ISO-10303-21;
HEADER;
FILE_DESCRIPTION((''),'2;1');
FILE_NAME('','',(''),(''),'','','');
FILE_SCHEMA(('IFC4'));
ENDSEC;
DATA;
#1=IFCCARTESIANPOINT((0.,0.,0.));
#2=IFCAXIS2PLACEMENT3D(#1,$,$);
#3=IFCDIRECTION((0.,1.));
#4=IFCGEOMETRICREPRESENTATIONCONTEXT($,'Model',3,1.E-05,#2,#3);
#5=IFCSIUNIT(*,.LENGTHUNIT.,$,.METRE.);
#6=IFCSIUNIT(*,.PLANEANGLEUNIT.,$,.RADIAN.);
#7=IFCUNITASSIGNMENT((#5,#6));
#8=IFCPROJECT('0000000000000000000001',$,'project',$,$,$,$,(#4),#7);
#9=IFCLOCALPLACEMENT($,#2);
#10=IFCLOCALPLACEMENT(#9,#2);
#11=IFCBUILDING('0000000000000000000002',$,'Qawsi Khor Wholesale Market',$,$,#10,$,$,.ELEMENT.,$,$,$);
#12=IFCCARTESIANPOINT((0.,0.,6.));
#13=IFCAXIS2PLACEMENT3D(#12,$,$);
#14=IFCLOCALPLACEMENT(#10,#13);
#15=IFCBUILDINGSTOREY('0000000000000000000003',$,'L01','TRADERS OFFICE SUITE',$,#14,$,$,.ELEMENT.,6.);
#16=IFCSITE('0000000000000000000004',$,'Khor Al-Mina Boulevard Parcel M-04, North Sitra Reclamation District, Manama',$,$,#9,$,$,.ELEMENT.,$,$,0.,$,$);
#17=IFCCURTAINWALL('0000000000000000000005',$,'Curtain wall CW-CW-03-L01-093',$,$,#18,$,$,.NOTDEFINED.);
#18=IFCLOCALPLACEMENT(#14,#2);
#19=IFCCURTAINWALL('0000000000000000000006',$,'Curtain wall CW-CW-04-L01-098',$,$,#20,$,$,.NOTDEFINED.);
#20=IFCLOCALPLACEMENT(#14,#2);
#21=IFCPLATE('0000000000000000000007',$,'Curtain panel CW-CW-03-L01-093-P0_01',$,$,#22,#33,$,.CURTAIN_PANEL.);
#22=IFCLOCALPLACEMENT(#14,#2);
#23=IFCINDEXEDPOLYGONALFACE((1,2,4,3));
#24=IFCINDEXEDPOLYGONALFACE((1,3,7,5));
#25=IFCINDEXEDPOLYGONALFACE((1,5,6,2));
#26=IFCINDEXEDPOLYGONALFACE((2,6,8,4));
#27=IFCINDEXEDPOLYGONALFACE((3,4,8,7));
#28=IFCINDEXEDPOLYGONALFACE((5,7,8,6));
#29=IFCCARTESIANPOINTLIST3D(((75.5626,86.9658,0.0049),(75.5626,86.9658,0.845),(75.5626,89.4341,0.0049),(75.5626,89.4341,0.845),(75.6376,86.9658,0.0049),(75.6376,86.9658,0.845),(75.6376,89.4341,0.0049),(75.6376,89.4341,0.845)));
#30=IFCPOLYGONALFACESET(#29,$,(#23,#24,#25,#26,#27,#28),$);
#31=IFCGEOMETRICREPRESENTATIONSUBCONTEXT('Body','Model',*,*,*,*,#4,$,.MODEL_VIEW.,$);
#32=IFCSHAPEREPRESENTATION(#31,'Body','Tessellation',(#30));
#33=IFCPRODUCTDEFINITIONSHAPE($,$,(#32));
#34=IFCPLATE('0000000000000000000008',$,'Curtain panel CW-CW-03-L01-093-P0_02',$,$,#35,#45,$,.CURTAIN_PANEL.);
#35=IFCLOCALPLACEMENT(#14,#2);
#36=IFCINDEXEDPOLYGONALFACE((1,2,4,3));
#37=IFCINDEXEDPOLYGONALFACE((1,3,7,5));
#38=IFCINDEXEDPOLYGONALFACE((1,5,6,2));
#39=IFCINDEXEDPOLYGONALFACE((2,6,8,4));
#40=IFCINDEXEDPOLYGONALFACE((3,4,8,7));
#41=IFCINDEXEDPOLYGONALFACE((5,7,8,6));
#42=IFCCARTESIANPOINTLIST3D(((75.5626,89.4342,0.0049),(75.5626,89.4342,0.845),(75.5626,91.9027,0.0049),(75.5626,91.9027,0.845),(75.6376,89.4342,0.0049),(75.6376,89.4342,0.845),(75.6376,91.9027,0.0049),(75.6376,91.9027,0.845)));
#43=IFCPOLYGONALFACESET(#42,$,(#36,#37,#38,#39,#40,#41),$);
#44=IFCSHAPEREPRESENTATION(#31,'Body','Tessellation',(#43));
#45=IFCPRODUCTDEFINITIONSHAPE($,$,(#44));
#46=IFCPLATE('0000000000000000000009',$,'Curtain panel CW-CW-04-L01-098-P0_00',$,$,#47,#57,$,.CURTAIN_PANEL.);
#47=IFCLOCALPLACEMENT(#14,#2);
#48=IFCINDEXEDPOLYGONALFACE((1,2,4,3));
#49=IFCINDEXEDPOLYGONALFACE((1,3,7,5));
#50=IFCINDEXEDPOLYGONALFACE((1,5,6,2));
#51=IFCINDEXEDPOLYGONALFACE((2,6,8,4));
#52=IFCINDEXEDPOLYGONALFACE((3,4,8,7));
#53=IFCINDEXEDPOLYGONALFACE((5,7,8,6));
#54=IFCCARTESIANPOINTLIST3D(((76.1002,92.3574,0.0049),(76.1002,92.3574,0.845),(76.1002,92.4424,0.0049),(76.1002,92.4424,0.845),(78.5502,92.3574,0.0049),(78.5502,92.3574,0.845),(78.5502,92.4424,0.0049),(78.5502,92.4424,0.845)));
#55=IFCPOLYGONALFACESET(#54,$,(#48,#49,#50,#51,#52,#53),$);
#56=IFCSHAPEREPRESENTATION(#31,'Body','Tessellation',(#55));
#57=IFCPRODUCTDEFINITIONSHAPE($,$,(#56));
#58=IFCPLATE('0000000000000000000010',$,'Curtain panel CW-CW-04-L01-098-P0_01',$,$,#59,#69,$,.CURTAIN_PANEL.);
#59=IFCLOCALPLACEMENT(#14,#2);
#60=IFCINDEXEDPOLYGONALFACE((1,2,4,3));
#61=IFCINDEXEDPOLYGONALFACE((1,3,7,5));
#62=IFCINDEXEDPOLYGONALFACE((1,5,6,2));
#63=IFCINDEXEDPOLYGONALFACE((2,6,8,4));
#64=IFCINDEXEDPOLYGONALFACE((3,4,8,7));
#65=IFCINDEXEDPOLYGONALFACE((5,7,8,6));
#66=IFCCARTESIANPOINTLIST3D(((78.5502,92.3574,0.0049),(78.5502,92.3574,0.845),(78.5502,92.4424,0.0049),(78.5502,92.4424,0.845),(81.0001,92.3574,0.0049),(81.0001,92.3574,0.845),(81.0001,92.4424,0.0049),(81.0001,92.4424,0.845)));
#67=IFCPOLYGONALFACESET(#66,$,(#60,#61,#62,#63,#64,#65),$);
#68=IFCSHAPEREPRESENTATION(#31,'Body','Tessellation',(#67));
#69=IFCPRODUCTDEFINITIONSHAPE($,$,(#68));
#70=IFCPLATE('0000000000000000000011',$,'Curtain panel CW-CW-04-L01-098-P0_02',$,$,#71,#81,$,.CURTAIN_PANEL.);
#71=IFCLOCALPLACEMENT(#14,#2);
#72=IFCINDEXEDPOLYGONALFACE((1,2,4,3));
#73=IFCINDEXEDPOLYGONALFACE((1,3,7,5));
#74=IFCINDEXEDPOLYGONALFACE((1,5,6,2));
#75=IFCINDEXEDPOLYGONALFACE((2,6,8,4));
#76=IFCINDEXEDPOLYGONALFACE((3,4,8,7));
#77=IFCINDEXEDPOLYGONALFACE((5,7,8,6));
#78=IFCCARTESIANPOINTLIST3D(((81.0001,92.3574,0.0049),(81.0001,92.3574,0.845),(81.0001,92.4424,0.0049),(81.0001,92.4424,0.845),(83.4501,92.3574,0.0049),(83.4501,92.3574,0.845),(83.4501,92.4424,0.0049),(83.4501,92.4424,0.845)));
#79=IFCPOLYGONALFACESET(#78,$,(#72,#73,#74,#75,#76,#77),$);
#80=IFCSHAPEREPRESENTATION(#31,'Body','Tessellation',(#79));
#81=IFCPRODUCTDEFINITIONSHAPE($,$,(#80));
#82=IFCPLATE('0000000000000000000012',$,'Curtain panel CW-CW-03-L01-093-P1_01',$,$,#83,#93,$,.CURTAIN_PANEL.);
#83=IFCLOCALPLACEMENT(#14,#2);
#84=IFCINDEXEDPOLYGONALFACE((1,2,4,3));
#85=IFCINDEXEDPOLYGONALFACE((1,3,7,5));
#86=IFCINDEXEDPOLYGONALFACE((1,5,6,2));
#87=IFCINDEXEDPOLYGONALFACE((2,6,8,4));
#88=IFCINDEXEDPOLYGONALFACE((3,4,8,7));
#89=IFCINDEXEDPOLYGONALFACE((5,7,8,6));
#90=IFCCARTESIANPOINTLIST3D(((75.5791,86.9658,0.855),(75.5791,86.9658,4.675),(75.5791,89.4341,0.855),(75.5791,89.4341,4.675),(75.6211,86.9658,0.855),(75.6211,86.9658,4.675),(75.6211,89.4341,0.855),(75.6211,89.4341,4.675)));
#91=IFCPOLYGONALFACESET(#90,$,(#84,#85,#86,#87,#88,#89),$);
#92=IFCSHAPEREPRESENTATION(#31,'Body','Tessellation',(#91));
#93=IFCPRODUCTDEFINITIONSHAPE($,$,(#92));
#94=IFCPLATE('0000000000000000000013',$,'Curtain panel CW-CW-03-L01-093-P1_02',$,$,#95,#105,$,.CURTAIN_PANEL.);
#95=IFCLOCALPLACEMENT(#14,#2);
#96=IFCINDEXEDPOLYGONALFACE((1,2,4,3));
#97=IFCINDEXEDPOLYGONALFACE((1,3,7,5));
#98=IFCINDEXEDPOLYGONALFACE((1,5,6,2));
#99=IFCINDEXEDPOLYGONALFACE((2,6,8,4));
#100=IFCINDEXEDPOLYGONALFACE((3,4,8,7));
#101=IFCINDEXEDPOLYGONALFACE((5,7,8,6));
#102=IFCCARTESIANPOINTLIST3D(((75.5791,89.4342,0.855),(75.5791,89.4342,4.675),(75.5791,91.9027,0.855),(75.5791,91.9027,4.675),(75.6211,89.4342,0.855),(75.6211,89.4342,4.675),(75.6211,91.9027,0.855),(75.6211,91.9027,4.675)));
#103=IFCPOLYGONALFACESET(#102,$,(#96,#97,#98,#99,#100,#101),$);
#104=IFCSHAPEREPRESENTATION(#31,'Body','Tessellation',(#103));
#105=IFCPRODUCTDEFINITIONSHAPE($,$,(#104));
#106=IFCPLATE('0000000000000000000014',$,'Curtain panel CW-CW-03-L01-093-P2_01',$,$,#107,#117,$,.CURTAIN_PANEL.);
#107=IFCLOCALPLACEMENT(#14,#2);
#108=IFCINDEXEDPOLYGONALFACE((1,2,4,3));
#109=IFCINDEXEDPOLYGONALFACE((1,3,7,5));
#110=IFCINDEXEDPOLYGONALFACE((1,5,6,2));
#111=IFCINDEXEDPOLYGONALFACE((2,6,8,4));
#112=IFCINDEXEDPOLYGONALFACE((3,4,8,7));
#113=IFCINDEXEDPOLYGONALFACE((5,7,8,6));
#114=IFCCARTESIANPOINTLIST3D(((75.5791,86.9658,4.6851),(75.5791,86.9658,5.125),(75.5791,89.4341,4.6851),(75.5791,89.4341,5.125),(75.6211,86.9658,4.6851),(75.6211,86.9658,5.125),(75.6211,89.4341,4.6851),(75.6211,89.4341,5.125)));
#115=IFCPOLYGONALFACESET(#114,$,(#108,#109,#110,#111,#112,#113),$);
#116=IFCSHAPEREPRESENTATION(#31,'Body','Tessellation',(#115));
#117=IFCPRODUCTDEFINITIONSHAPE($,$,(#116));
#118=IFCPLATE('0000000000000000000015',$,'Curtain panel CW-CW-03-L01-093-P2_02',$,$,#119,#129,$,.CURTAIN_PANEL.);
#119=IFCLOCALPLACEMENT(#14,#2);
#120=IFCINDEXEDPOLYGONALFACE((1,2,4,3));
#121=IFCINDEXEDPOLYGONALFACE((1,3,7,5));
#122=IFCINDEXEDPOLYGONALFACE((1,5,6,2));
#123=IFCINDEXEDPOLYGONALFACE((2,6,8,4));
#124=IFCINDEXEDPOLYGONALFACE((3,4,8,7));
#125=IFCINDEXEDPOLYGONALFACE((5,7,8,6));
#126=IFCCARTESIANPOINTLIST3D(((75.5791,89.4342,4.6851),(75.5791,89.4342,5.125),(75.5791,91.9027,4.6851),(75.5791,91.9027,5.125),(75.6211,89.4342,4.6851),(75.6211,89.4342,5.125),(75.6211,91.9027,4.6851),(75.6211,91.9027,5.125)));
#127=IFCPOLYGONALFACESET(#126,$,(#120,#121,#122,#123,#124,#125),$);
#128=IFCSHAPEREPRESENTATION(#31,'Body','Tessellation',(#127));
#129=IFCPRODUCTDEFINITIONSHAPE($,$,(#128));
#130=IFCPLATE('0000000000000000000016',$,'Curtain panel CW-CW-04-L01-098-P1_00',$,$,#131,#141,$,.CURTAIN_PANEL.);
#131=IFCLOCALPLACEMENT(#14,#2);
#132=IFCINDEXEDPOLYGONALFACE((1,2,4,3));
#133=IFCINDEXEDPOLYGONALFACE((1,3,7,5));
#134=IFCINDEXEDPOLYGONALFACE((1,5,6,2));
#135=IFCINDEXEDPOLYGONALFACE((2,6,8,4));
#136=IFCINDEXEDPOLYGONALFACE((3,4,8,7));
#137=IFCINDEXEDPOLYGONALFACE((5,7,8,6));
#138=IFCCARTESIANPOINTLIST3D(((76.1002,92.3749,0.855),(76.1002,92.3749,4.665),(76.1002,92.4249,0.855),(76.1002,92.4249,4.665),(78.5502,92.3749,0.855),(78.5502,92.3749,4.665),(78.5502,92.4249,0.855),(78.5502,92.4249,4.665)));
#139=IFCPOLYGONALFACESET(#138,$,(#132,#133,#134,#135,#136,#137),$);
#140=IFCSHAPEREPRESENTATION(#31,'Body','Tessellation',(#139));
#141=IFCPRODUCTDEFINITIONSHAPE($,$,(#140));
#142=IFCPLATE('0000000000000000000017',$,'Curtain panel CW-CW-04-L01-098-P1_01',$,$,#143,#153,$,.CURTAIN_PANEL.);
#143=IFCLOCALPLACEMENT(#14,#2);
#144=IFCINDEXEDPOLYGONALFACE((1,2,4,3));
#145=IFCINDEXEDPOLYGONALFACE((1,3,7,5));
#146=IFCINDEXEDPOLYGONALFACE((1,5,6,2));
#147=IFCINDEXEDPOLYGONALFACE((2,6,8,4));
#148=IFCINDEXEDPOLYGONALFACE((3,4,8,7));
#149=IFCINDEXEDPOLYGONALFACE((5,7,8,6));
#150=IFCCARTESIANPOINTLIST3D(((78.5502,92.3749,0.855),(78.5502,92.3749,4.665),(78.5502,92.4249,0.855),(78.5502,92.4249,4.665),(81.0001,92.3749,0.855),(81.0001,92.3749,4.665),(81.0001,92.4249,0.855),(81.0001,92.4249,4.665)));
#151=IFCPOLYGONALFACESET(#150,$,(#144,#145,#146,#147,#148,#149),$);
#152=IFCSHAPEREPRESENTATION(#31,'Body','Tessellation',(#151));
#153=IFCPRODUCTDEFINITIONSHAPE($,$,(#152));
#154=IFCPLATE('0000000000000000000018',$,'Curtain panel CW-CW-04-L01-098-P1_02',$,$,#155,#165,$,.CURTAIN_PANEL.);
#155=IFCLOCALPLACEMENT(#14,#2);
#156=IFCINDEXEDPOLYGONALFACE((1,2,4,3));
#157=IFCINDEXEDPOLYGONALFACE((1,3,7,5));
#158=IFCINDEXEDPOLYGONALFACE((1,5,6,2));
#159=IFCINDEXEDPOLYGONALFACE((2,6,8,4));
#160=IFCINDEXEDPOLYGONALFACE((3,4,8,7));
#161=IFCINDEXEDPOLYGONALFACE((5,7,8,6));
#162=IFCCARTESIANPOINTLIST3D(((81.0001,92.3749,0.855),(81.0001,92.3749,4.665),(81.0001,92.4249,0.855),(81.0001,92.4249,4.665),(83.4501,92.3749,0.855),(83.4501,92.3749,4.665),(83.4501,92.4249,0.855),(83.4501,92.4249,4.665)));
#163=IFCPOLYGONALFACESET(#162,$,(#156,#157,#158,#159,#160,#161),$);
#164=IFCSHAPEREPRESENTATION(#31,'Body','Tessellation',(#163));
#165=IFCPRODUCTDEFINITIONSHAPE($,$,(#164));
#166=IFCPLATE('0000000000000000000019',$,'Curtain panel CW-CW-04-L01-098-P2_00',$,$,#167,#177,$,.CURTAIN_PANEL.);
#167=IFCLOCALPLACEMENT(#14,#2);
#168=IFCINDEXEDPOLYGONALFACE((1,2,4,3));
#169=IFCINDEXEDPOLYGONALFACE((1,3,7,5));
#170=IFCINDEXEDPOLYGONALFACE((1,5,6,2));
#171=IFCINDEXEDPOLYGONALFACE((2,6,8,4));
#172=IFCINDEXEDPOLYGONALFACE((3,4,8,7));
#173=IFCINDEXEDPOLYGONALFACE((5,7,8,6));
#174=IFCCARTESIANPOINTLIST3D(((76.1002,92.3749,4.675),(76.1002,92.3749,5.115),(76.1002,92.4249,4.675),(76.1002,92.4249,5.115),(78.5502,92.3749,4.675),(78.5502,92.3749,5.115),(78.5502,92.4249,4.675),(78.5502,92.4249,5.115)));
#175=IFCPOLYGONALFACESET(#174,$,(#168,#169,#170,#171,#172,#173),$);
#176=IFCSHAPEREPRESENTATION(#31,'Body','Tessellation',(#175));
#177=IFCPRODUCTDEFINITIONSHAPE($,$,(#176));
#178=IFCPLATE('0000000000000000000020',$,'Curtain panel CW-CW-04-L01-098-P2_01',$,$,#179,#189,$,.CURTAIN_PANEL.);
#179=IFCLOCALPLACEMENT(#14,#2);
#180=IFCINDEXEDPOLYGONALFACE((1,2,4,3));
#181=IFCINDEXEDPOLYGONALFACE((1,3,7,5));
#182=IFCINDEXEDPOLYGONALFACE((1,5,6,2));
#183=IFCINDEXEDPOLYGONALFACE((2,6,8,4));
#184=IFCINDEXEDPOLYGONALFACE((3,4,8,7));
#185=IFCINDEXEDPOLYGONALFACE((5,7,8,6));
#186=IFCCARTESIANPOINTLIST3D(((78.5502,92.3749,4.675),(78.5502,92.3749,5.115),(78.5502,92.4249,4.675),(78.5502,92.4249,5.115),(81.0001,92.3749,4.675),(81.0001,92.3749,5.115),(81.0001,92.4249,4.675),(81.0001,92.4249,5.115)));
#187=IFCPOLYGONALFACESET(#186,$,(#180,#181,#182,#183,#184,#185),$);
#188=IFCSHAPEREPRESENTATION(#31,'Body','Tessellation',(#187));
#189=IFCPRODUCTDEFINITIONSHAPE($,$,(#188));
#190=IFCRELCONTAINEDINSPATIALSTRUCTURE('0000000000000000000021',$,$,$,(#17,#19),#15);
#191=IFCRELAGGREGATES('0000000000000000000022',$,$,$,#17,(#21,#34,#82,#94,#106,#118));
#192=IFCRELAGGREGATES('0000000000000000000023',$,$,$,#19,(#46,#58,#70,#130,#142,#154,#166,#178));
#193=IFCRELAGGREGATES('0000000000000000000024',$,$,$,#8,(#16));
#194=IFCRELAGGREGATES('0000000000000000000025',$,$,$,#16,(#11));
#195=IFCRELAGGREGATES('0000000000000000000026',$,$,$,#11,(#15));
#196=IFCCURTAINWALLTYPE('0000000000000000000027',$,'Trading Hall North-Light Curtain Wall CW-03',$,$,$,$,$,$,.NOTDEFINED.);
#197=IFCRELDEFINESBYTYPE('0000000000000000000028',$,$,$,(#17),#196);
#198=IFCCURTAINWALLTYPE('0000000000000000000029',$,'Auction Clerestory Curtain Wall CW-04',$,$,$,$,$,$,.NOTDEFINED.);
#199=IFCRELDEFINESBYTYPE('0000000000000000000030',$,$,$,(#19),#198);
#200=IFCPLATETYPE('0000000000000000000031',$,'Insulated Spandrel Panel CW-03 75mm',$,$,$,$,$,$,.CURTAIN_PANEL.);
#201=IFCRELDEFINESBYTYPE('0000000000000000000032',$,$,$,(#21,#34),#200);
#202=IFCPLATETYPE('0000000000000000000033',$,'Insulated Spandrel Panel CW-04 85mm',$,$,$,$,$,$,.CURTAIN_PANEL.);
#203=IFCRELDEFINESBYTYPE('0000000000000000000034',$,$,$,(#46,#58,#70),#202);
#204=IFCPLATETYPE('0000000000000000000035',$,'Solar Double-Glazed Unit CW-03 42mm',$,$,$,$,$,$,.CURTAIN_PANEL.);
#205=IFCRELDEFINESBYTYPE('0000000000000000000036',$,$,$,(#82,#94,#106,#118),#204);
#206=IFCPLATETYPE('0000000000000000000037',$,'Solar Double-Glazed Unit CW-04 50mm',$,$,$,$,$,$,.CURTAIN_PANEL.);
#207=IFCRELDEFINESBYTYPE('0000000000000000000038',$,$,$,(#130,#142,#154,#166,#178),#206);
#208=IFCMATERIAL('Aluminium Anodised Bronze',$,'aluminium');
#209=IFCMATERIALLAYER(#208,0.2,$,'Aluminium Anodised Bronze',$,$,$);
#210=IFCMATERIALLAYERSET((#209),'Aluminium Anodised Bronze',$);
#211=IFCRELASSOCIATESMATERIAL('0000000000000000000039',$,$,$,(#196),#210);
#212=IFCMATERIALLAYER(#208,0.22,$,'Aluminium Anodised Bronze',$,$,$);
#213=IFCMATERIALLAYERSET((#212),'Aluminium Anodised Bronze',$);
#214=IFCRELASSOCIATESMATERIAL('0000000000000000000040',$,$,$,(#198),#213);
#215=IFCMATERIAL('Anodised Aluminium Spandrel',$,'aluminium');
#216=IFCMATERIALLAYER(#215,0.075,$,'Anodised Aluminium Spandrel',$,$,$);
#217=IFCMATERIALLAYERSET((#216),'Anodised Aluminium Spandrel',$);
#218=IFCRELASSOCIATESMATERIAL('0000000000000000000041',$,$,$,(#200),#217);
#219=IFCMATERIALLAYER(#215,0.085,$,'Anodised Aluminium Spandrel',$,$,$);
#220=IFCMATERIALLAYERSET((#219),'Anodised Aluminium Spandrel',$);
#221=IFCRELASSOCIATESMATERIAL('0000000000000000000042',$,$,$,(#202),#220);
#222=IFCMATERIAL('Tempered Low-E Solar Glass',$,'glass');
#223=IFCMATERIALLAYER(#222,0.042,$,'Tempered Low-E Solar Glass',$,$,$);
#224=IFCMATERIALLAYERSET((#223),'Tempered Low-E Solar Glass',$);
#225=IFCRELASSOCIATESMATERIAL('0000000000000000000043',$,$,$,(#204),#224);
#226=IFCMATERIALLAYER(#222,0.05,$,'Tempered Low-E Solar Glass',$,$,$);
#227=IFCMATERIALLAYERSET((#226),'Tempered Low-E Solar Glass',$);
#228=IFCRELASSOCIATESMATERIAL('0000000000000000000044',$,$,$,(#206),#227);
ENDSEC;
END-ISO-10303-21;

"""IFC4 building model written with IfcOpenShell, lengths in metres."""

from ifc_helpers import new_model, si_unit, direction, frame, frame_2d, origin, place, context, subcontext, project, spatial, rectangle, extrude, material, layer, layer_set, type_object, element, aggregate, save


model = new_model("IFC4")

# Units and contexts
model_context = context("Model", 3, precision=1e-05, world=origin(), true_north=direction((0.0, 1.0)))
body_context = subcontext(model_context, "Body", "Model", "MODEL_VIEW")
ifc_project = project(units=[si_unit("LENGTHUNIT", "METRE"), si_unit("PLANEANGLEUNIT", "RADIAN")], contexts=[model_context])

# Site, building, storey
site_placement = place(None, origin())
site = spatial("IfcSite", under=ifc_project, at=site_placement, Name="Khor Al-Mina Boulevard Parcel M-04, North Sitra Reclamation District, Manama", CompositionType="ELEMENT", RefElevation=0.0)
building_placement = place(site_placement, origin())
building = spatial("IfcBuilding", under=site, at=building_placement, Name="Qawsi Khor Wholesale Market", CompositionType="ELEMENT")
storey_placement = place(building_placement, frame((0.0, 0.0, 6.0)))
storey = spatial("IfcBuildingStorey", under=building, at=storey_placement, Name="L01", Description="TRADERS OFFICE SUITE", CompositionType="ELEMENT", Elevation=6.0)

# Curtain walls
ifc_material_1 = material(Name="Aluminium Anodised Bronze", Category="aluminium")
ifc_layer_1 = layer(ifc_material_1, 0.2, Name="Aluminium Anodised Bronze")
ifc_layer_set_1 = layer_set([ifc_layer_1], Name="Aluminium Anodised Bronze")
curtain_wall_type_1 = type_object("IfcCurtainWallType", Name="Trading Hall North-Light Curtain Wall CW-03", PredefinedType="NOTDEFINED", material=ifc_layer_set_1)
curtain_wall_1_placement = place(storey_placement, origin())
curtain_wall_1 = element("IfcCurtainWall", 1, at=curtain_wall_1_placement, inside=storey, type_object=curtain_wall_type_1, Name="Curtain wall CW-CW-03-L01-093", PredefinedType="NOTDEFINED")
ifc_layer_2 = layer(ifc_material_1, 0.22, Name="Aluminium Anodised Bronze")
ifc_layer_set_2 = layer_set([ifc_layer_2], Name="Aluminium Anodised Bronze")
curtain_wall_type_2 = type_object("IfcCurtainWallType", Name="Auction Clerestory Curtain Wall CW-04", PredefinedType="NOTDEFINED", material=ifc_layer_set_2)
curtain_wall_2_placement = place(storey_placement, origin())
curtain_wall_2 = element("IfcCurtainWall", 2, at=curtain_wall_2_placement, inside=storey, type_object=curtain_wall_type_2, Name="Curtain wall CW-CW-04-L01-098", PredefinedType="NOTDEFINED")

# Plates
ifc_material_2 = material(Name="Anodised Aluminium Spandrel", Category="aluminium")
ifc_layer_3 = layer(ifc_material_2, 0.075, Name="Anodised Aluminium Spandrel")
ifc_layer_set_3 = layer_set([ifc_layer_3], Name="Anodised Aluminium Spandrel")
plate_type_1 = type_object("IfcPlateType", Name="Insulated Spandrel Panel CW-03 75mm", PredefinedType="CURTAIN_PANEL", material=ifc_layer_set_3)
plate_1_placement = place(storey_placement, frame((75.6001, 86.9658, 0.0049), z_axis=(0.0, 0.0, 1.0), x_axis=(0.0, 1.0, 0.0)))
plate_1 = element("IfcPlate", 3, at=plate_1_placement, type_object=plate_type_1, Name="Curtain panel CW-CW-03-L01-093-P0_01", PredefinedType="CURTAIN_PANEL", context=body_context, shape_type="SweptSolid", body=[
    extrude(rectangle(XDim=2.4683, YDim=0.075, at=frame_2d((1.2341, 0.0))), origin(), (0.0, 0.0, 1.0), 0.8401),
])
plate_2_placement = place(storey_placement, frame((75.6001, 89.4341, 0.0049), z_axis=(0.0, 0.0, 1.0), x_axis=(0.0, 1.0, 0.0)))
plate_2 = element("IfcPlate", 4, at=plate_2_placement, type_object=plate_type_1, Name="Curtain panel CW-CW-03-L01-093-P0_02", PredefinedType="CURTAIN_PANEL", context=body_context, shape_type="SweptSolid", body=[
    extrude(rectangle(XDim=2.4685, YDim=0.075, at=frame_2d((1.2344, 0.0))), origin(), (0.0, 0.0, 1.0), 0.8401),
])
ifc_layer_4 = layer(ifc_material_2, 0.085, Name="Anodised Aluminium Spandrel")
ifc_layer_set_4 = layer_set([ifc_layer_4], Name="Anodised Aluminium Spandrel")
plate_type_2 = type_object("IfcPlateType", Name="Insulated Spandrel Panel CW-04 85mm", PredefinedType="CURTAIN_PANEL", material=ifc_layer_set_4)
plate_3_placement = place(storey_placement, frame((76.1001, 92.3999, 0.0049), z_axis=(0.0, 0.0, 1.0), x_axis=(1.0, 0.0, 0.0)))
plate_3 = element("IfcPlate", 5, at=plate_3_placement, type_object=plate_type_2, Name="Curtain panel CW-CW-04-L01-098-P0_00", PredefinedType="CURTAIN_PANEL", context=body_context, shape_type="SweptSolid", body=[
    extrude(rectangle(XDim=2.45, YDim=0.085, at=frame_2d((1.2251, 0.0))), origin(), (0.0, 0.0, 1.0), 0.8401),
])
plate_4_placement = place(storey_placement, frame((78.55, 92.3999, 0.0049), z_axis=(0.0, 0.0, 1.0), x_axis=(1.0, 0.0, 0.0)))
plate_4 = element("IfcPlate", 6, at=plate_4_placement, type_object=plate_type_2, Name="Curtain panel CW-CW-04-L01-098-P0_01", PredefinedType="CURTAIN_PANEL", context=body_context, shape_type="SweptSolid", body=[
    extrude(rectangle(XDim=2.45, YDim=0.085, at=frame_2d((1.2251, 0.0))), origin(), (0.0, 0.0, 1.0), 0.8401),
])
plate_5_placement = place(storey_placement, frame((81.0, 92.3999, 0.0049), z_axis=(0.0, 0.0, 1.0), x_axis=(1.0, 0.0, 0.0)))
plate_5 = element("IfcPlate", 7, at=plate_5_placement, type_object=plate_type_2, Name="Curtain panel CW-CW-04-L01-098-P0_02", PredefinedType="CURTAIN_PANEL", context=body_context, shape_type="SweptSolid", body=[
    extrude(rectangle(XDim=2.45, YDim=0.085, at=frame_2d((1.2251, 0.0))), origin(), (0.0, 0.0, 1.0), 0.8401),
])
ifc_material_3 = material(Name="Tempered Low-E Solar Glass", Category="glass")
ifc_layer_5 = layer(ifc_material_3, 0.042, Name="Tempered Low-E Solar Glass")
ifc_layer_set_5 = layer_set([ifc_layer_5], Name="Tempered Low-E Solar Glass")
plate_type_3 = type_object("IfcPlateType", Name="Solar Double-Glazed Unit CW-03 42mm", PredefinedType="CURTAIN_PANEL", material=ifc_layer_set_5)
plate_6_placement = place(storey_placement, frame((75.6001, 86.9658, 0.855), z_axis=(0.0, 0.0, 1.0), x_axis=(0.0, 1.0, 0.0)))
plate_6 = element("IfcPlate", 8, at=plate_6_placement, type_object=plate_type_3, Name="Curtain panel CW-CW-03-L01-093-P1_01", PredefinedType="CURTAIN_PANEL", context=body_context, shape_type="SweptSolid", body=[
    extrude(rectangle(XDim=2.4683, YDim=0.042, at=frame_2d((1.2341, 0.0))), origin(), (0.0, 0.0, 1.0), 3.8201),
])
plate_7_placement = place(storey_placement, frame((75.6001, 89.4341, 0.855), z_axis=(0.0, 0.0, 1.0), x_axis=(0.0, 1.0, 0.0)))
plate_7 = element("IfcPlate", 9, at=plate_7_placement, type_object=plate_type_3, Name="Curtain panel CW-CW-03-L01-093-P1_02", PredefinedType="CURTAIN_PANEL", context=body_context, shape_type="SweptSolid", body=[
    extrude(rectangle(XDim=2.4685, YDim=0.042, at=frame_2d((1.2344, 0.0))), origin(), (0.0, 0.0, 1.0), 3.8201),
])
plate_8_placement = place(storey_placement, frame((75.6001, 86.9658, 4.6851), z_axis=(0.0, 0.0, 1.0), x_axis=(0.0, 1.0, 0.0)))
plate_8 = element("IfcPlate", 10, at=plate_8_placement, type_object=plate_type_3, Name="Curtain panel CW-CW-03-L01-093-P2_01", PredefinedType="CURTAIN_PANEL", context=body_context, shape_type="SweptSolid", body=[
    extrude(rectangle(XDim=2.4683, YDim=0.042, at=frame_2d((1.2341, 0.0))), origin(), (0.0, 0.0, 1.0), 0.4399),
])
plate_9_placement = place(storey_placement, frame((75.6001, 89.4341, 4.6851), z_axis=(0.0, 0.0, 1.0), x_axis=(0.0, 1.0, 0.0)))
plate_9 = element("IfcPlate", 11, at=plate_9_placement, type_object=plate_type_3, Name="Curtain panel CW-CW-03-L01-093-P2_02", PredefinedType="CURTAIN_PANEL", context=body_context, shape_type="SweptSolid", body=[
    extrude(rectangle(XDim=2.4685, YDim=0.042, at=frame_2d((1.2344, 0.0))), origin(), (0.0, 0.0, 1.0), 0.4399),
])
aggregate(curtain_wall_1, [plate_1, plate_2, plate_6, plate_7, plate_8, plate_9])
ifc_layer_6 = layer(ifc_material_3, 0.05, Name="Tempered Low-E Solar Glass")
ifc_layer_set_6 = layer_set([ifc_layer_6], Name="Tempered Low-E Solar Glass")
plate_type_4 = type_object("IfcPlateType", Name="Solar Double-Glazed Unit CW-04 50mm", PredefinedType="CURTAIN_PANEL", material=ifc_layer_set_6)
plate_10_placement = place(storey_placement, frame((76.1001, 92.3999, 0.855), z_axis=(0.0, 0.0, 1.0), x_axis=(1.0, 0.0, 0.0)))
plate_10 = element("IfcPlate", 12, at=plate_10_placement, type_object=plate_type_4, Name="Curtain panel CW-CW-04-L01-098-P1_00", PredefinedType="CURTAIN_PANEL", context=body_context, shape_type="SweptSolid", body=[
    extrude(rectangle(XDim=2.45, YDim=0.05, at=frame_2d((1.2251, 0.0))), origin(), (0.0, 0.0, 1.0), 3.8101),
])
plate_11_placement = place(storey_placement, frame((78.55, 92.3999, 0.855), z_axis=(0.0, 0.0, 1.0), x_axis=(1.0, 0.0, 0.0)))
plate_11 = element("IfcPlate", 13, at=plate_11_placement, type_object=plate_type_4, Name="Curtain panel CW-CW-04-L01-098-P1_01", PredefinedType="CURTAIN_PANEL", context=body_context, shape_type="SweptSolid", body=[
    extrude(rectangle(XDim=2.45, YDim=0.05, at=frame_2d((1.2251, 0.0))), origin(), (0.0, 0.0, 1.0), 3.8101),
])
plate_12_placement = place(storey_placement, frame((81.0, 92.3999, 0.855), z_axis=(0.0, 0.0, 1.0), x_axis=(1.0, 0.0, 0.0)))
plate_12 = element("IfcPlate", 14, at=plate_12_placement, type_object=plate_type_4, Name="Curtain panel CW-CW-04-L01-098-P1_02", PredefinedType="CURTAIN_PANEL", context=body_context, shape_type="SweptSolid", body=[
    extrude(rectangle(XDim=2.45, YDim=0.05, at=frame_2d((1.2251, 0.0))), origin(), (0.0, 0.0, 1.0), 3.8101),
])
plate_13_placement = place(storey_placement, frame((76.1001, 92.3999, 4.675), z_axis=(0.0, 0.0, 1.0), x_axis=(1.0, 0.0, 0.0)))
plate_13 = element("IfcPlate", 15, at=plate_13_placement, type_object=plate_type_4, Name="Curtain panel CW-CW-04-L01-098-P2_00", PredefinedType="CURTAIN_PANEL", context=body_context, shape_type="SweptSolid", body=[
    extrude(rectangle(XDim=2.45, YDim=0.05, at=frame_2d((1.2251, 0.0))), origin(), (0.0, 0.0, 1.0), 0.4399),
])
plate_14_placement = place(storey_placement, frame((78.55, 92.3999, 4.675), z_axis=(0.0, 0.0, 1.0), x_axis=(1.0, 0.0, 0.0)))
plate_14 = element("IfcPlate", 16, at=plate_14_placement, type_object=plate_type_4, Name="Curtain panel CW-CW-04-L01-098-P2_01", PredefinedType="CURTAIN_PANEL", context=body_context, shape_type="SweptSolid", body=[
    extrude(rectangle(XDim=2.45, YDim=0.05, at=frame_2d((1.2251, 0.0))), origin(), (0.0, 0.0, 1.0), 0.4399),
])
aggregate(curtain_wall_2, [plate_3, plate_4, plate_5, plate_10, plate_11, plate_12, plate_13, plate_14])

save(model, "model.ifc")
